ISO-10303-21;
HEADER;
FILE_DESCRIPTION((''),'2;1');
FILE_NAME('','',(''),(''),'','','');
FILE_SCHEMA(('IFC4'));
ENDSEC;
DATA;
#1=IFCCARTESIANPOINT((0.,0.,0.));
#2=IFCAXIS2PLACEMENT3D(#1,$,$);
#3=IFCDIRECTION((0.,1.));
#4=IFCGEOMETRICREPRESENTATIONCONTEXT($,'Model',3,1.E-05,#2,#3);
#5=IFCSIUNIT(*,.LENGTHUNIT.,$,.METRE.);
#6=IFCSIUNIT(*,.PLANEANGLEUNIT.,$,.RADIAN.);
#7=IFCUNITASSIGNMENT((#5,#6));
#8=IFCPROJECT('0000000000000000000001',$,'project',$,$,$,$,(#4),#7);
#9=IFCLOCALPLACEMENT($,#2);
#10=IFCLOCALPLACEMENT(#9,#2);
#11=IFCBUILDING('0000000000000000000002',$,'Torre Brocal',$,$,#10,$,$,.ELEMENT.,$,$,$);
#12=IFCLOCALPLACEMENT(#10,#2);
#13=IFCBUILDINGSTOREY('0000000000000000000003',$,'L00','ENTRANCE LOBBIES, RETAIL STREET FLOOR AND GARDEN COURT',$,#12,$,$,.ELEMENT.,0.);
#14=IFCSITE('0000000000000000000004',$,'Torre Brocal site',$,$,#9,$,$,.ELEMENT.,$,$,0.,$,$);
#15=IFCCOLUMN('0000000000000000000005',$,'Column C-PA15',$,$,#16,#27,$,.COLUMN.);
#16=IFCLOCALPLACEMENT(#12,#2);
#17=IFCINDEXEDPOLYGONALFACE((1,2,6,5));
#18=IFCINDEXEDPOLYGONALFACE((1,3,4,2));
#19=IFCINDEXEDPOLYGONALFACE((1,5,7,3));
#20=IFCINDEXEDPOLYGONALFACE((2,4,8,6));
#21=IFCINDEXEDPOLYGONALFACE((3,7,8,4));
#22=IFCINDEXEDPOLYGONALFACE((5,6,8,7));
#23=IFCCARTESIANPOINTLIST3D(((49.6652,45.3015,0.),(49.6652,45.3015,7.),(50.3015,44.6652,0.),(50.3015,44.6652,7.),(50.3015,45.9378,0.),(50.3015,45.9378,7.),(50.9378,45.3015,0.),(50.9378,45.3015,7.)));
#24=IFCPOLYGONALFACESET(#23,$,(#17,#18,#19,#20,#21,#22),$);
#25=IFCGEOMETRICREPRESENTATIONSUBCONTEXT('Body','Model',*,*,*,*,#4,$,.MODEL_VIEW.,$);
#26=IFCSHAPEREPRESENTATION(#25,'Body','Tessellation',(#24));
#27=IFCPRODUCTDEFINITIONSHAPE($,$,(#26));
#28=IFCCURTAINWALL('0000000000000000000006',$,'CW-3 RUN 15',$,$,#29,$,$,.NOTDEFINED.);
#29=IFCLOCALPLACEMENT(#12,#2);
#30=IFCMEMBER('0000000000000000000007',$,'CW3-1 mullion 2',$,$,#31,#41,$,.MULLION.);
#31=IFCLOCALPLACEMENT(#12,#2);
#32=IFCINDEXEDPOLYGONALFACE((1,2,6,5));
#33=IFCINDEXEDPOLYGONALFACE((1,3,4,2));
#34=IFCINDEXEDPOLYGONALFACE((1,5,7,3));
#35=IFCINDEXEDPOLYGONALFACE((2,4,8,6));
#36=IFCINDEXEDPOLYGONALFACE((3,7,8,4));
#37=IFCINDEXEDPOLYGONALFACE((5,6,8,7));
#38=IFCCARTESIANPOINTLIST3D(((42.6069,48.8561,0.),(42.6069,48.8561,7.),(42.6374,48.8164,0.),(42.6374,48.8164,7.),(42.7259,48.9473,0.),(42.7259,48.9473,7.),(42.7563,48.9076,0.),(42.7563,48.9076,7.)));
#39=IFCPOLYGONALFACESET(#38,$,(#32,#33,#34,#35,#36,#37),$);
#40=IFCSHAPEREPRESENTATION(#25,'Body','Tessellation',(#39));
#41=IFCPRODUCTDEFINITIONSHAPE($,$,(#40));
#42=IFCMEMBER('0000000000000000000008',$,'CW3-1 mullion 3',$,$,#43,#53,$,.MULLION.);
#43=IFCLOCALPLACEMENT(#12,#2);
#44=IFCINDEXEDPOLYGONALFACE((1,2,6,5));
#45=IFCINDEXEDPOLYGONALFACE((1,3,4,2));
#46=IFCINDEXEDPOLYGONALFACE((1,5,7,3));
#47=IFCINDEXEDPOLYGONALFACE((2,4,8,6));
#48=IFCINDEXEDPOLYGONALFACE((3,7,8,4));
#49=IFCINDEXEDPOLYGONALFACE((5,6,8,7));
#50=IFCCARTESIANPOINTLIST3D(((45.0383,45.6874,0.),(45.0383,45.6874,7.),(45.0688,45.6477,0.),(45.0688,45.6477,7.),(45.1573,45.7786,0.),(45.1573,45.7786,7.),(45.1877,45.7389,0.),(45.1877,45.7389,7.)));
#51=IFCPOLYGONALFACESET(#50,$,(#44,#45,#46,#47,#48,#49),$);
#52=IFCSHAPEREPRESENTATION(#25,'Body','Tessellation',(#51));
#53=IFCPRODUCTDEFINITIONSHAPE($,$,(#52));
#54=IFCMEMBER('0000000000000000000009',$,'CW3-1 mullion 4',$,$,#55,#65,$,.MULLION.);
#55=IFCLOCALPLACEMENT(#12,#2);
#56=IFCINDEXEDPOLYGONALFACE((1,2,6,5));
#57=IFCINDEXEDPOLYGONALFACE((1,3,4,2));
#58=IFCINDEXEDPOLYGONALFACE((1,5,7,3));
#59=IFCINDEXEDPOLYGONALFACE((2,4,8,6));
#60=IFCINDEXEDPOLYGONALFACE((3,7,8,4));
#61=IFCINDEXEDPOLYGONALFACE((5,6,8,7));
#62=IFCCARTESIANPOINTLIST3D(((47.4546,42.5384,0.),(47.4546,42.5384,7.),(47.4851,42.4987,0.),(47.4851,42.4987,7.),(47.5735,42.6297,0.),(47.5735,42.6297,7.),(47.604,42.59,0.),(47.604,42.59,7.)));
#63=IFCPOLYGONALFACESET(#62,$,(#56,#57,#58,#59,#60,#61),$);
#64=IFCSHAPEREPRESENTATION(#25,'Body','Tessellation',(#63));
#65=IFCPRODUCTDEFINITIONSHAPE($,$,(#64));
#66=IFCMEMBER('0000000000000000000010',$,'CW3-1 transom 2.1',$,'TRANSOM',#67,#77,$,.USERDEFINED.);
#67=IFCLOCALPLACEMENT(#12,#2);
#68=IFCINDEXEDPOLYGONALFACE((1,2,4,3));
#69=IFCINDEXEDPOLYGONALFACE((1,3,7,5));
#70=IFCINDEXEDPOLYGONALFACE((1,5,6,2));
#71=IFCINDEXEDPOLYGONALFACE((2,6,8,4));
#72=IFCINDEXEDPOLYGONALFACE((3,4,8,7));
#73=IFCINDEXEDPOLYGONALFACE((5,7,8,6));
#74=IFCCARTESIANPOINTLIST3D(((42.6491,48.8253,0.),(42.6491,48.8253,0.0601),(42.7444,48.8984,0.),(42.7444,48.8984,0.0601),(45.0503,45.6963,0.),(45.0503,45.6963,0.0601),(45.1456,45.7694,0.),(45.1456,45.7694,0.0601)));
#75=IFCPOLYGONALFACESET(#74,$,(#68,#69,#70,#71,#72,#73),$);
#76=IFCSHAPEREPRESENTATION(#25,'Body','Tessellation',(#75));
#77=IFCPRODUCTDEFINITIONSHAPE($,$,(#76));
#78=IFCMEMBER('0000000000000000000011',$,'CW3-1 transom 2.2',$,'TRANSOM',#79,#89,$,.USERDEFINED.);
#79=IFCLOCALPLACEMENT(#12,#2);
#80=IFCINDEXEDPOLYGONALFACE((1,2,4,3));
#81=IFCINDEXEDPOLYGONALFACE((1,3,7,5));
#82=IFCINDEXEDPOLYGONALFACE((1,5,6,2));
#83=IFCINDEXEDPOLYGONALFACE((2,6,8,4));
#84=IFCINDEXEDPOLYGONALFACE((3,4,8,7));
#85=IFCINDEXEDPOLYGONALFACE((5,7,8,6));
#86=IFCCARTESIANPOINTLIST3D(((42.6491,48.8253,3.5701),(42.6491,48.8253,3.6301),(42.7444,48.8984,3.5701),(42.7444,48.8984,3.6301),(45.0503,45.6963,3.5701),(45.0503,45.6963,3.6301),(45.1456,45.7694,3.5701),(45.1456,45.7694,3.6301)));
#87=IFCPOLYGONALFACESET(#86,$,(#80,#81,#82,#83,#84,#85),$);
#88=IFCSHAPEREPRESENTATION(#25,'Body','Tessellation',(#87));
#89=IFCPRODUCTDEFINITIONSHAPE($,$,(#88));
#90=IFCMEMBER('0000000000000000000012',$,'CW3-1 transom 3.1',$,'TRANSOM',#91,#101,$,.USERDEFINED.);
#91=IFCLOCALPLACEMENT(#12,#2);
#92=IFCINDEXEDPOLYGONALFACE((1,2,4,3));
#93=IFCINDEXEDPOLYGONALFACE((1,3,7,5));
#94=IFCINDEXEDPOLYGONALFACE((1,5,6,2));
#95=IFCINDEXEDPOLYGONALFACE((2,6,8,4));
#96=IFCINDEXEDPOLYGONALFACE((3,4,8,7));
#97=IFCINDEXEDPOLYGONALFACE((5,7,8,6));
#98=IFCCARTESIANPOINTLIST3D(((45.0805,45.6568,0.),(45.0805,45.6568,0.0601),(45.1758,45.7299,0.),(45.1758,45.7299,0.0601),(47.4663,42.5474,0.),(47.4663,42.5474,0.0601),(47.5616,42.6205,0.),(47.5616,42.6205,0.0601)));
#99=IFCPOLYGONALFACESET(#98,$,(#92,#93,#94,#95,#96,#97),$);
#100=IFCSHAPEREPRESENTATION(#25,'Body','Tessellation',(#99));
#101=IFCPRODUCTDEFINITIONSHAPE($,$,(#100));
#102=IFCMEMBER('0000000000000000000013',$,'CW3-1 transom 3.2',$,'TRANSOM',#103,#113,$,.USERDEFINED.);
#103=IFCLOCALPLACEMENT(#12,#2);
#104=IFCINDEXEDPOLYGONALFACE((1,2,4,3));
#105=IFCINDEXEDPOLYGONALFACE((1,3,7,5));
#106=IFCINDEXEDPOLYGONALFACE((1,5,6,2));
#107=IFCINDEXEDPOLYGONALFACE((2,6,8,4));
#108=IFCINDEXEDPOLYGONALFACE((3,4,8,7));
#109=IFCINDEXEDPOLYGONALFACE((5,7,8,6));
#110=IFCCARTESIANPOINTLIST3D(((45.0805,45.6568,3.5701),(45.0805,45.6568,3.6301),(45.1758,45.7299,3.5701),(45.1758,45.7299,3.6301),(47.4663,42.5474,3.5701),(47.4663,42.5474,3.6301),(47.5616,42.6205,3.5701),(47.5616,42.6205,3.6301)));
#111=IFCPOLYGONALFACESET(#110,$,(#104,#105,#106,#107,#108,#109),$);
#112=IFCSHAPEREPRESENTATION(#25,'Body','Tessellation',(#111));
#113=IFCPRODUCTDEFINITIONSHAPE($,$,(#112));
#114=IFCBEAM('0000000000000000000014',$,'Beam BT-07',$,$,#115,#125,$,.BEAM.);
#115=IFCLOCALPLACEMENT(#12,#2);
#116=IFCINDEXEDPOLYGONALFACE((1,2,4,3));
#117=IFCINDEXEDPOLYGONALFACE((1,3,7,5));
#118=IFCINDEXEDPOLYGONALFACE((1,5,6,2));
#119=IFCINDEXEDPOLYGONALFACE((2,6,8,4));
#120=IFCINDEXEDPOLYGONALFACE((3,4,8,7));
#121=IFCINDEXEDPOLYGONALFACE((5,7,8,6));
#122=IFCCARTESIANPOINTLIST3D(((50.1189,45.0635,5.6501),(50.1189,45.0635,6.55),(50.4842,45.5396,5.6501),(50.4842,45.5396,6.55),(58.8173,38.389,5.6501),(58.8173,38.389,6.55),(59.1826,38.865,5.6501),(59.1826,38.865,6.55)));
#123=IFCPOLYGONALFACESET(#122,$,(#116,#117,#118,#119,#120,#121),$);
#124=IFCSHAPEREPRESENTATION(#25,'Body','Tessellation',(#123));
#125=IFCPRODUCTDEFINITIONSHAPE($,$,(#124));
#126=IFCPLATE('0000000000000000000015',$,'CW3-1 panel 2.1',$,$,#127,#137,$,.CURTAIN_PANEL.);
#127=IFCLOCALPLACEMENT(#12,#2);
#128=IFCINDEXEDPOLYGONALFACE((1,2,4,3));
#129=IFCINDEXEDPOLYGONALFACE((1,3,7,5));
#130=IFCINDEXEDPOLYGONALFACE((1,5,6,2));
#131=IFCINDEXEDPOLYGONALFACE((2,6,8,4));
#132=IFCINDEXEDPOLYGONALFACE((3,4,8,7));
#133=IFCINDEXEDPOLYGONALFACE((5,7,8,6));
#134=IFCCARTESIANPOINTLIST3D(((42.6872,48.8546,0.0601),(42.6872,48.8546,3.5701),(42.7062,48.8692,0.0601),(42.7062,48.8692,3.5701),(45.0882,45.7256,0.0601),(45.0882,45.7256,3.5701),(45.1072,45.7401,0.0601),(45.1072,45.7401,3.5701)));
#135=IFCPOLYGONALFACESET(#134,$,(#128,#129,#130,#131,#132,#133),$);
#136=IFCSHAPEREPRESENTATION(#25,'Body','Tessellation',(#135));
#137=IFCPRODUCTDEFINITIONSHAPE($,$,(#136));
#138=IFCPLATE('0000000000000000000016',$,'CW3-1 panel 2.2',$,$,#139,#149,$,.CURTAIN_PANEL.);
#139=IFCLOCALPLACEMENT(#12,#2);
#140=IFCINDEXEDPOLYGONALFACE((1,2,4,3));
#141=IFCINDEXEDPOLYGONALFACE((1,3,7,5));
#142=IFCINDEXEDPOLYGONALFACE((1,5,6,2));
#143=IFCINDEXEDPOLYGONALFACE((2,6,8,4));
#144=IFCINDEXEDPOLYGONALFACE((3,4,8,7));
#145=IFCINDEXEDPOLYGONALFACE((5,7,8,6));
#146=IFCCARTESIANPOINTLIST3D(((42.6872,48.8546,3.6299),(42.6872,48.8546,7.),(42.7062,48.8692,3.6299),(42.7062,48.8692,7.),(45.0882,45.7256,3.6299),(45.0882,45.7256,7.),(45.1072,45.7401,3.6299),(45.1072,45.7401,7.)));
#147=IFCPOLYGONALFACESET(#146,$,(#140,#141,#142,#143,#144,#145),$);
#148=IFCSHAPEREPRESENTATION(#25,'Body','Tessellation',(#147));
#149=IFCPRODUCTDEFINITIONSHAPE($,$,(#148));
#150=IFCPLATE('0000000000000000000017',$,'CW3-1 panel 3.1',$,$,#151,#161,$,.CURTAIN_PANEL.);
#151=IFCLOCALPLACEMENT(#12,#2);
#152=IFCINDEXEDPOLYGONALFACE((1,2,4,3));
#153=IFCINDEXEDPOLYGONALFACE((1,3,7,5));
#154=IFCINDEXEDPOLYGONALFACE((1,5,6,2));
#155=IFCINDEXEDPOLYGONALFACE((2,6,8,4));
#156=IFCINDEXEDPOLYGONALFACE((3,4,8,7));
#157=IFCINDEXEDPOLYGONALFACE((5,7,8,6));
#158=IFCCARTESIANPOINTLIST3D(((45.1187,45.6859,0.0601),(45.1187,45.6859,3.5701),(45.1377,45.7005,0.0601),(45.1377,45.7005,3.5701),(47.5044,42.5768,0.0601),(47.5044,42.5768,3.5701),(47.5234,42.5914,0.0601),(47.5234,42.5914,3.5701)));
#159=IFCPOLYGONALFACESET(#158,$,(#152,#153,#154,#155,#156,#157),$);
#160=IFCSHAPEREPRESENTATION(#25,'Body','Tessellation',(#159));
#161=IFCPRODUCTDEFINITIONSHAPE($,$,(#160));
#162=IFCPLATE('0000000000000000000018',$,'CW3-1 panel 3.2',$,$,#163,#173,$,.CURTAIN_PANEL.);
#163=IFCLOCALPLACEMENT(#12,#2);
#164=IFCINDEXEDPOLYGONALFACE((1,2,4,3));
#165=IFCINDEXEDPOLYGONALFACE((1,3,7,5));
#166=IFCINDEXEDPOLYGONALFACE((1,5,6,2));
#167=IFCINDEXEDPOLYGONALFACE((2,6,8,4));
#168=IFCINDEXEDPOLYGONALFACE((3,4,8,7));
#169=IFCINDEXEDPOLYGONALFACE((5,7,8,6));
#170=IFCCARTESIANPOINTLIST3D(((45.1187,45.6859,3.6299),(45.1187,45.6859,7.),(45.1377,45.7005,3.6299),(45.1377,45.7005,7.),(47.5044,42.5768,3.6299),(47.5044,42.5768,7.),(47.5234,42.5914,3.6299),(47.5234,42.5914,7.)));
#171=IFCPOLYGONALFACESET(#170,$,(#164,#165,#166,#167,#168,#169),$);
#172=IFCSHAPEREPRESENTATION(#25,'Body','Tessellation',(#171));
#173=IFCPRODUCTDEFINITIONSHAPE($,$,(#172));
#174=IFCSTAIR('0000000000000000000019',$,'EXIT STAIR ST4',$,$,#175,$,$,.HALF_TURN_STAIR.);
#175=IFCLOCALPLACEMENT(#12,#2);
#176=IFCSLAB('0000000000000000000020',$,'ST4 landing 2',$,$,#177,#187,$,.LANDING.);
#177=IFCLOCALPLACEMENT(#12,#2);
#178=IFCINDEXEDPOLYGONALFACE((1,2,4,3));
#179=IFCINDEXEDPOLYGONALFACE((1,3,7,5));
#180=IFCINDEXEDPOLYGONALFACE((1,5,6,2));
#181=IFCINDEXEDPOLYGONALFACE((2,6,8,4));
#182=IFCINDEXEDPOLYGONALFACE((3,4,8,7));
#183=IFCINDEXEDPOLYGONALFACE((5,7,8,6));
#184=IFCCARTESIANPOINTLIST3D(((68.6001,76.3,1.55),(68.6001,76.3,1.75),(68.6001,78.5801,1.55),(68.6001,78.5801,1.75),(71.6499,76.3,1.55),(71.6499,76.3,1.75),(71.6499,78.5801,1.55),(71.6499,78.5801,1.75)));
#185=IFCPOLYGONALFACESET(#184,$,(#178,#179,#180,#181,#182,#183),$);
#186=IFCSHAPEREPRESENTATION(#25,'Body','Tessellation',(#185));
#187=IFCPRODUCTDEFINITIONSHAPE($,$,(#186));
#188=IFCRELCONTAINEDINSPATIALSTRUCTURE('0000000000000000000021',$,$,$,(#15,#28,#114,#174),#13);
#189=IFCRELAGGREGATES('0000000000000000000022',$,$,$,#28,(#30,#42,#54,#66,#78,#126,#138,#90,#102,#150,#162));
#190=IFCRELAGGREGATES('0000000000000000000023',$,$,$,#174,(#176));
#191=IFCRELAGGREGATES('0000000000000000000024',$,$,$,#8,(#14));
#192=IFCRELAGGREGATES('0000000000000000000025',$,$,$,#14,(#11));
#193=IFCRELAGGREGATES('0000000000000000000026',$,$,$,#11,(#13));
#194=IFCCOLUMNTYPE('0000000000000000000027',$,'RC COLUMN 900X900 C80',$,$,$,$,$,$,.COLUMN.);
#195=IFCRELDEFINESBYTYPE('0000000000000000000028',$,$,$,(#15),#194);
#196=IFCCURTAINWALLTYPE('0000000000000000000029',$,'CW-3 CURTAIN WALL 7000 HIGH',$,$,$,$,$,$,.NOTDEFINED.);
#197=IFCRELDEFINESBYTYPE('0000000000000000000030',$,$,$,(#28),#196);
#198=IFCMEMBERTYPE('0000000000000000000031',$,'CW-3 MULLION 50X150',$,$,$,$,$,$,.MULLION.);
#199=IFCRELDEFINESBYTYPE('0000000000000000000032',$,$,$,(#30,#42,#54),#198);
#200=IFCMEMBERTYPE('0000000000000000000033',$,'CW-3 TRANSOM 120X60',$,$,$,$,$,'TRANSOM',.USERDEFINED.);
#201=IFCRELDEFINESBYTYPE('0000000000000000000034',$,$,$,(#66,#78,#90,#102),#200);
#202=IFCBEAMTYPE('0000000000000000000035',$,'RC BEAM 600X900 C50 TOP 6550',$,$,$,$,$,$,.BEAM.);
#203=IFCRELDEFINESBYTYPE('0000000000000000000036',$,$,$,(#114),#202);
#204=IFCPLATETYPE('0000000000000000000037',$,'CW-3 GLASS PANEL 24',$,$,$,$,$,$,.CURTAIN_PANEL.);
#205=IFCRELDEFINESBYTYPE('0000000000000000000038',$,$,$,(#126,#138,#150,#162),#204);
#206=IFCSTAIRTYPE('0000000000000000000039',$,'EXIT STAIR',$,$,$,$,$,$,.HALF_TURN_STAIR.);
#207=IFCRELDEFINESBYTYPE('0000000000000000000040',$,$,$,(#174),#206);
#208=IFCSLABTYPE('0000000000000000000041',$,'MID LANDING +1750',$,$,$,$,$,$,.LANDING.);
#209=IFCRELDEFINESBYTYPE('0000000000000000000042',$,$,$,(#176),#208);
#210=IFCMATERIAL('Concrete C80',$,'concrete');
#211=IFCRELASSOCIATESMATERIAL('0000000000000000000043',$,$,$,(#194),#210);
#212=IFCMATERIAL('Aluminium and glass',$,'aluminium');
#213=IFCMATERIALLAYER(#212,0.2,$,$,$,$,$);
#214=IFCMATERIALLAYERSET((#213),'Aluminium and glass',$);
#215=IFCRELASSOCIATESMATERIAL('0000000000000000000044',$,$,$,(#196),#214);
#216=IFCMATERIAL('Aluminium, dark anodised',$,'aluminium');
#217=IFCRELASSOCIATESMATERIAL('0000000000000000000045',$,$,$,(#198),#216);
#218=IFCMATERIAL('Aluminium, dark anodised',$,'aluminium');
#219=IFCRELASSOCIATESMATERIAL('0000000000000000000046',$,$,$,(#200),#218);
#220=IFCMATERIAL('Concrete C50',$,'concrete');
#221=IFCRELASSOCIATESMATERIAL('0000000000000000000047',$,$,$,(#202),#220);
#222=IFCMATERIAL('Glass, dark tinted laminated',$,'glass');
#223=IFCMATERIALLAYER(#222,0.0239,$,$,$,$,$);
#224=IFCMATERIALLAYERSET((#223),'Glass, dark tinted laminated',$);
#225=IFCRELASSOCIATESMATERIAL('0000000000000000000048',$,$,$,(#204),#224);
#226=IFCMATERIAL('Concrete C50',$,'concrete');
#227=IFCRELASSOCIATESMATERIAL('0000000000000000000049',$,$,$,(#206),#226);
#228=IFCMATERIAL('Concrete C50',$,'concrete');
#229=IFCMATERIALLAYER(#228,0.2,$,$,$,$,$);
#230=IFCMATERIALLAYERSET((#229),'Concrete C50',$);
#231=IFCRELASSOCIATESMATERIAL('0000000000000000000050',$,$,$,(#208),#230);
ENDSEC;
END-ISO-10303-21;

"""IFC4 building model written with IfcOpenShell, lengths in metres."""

from ifc_helpers import new_model, si_unit, direction, frame, origin, origin_2d, place, context, subcontext, project, spatial, polyline, rectangle, outline, extrude, material, layer, layer_set, material_profile, profile_set, type_object, element, aggregate, save


model = new_model("IFC4")

# Units and contexts
model_context = context("Model", 3, precision=1e-05, world=origin(), true_north=direction((0.0, 1.0)))
body_context = subcontext(model_context, "Body", "Model", "MODEL_VIEW")
ifc_project = project(units=[si_unit("LENGTHUNIT", "METRE"), si_unit("PLANEANGLEUNIT", "RADIAN")], contexts=[model_context])

# Site, building, storey
site_placement = place(None, origin())
site = spatial("IfcSite", under=ifc_project, at=site_placement, Name="Torre Brocal site", CompositionType="ELEMENT", RefElevation=0.0)
building_placement = place(site_placement, origin())
building = spatial("IfcBuilding", under=site, at=building_placement, Name="Torre Brocal", CompositionType="ELEMENT")
storey_placement = place(building_placement, origin())
storey = spatial("IfcBuildingStorey", under=building, at=storey_placement, Name="L00", Description="ENTRANCE LOBBIES, RETAIL STREET FLOOR AND GARDEN COURT", CompositionType="ELEMENT", Elevation=0.0)

# Column
ifc_material_1 = material(Name="Concrete C80", Category="concrete")
ifc_material_profile_1 = material_profile(ifc_material_1, rectangle(XDim=0.8999, YDim=0.8999, at=origin_2d()), Name="RC 900X900")
ifc_profile_set_1 = profile_set([ifc_material_profile_1], Name="Concrete C80")
column_type = type_object("IfcColumnType", Name="RC COLUMN 900X900 C80", PredefinedType="COLUMN", material=ifc_profile_set_1)
column_placement = place(storey_placement, frame((50.3015, 45.3015, 0.0), z_axis=(0.0, 0.0, 1.0), x_axis=(-0.707107, -0.707107, 0.0)))
element("IfcColumn", 1, at=column_placement, inside=storey, type_object=column_type, Name="Column C-PA15", PredefinedType="COLUMN", context=body_context, shape_type="SweptSolid", body=[
    extrude(rectangle(XDim=0.8999, YDim=0.8999, at=origin_2d()), origin(), (0.0, 0.0, 1.0), 7.0),
])

# Curtain wall, members
ifc_material_2 = material(Name="Aluminium and glass", Category="aluminium")
ifc_layer_1 = layer(ifc_material_2, 0.2)
ifc_layer_set_1 = layer_set([ifc_layer_1], Name="Aluminium and glass")
curtain_wall_type = type_object("IfcCurtainWallType", Name="CW-3 CURTAIN WALL 7000 HIGH", PredefinedType="NOTDEFINED", material=ifc_layer_set_1)
curtain_wall_placement = place(storey_placement, origin())
curtain_wall = element("IfcCurtainWall", 2, at=curtain_wall_placement, inside=storey, type_object=curtain_wall_type, Name="CW-3 RUN 15", PredefinedType="NOTDEFINED")
ifc_material_3 = material(Name="Aluminium, dark anodised", Category="aluminium")
ifc_material_profile_2 = material_profile(ifc_material_3, rectangle(XDim=0.1499, YDim=0.05, at=origin_2d()), Name="CW-3 MULLION 50X150")
ifc_profile_set_2 = profile_set([ifc_material_profile_2], Name="Aluminium, dark anodised")
member_type_1 = type_object("IfcMemberType", Name="CW-3 MULLION 50X150", PredefinedType="MULLION", material=ifc_profile_set_2)
member_1_placement = place(storey_placement, frame((42.6816, 48.8818, 0.0), z_axis=(0.0, 0.0, 1.0), x_axis=(0.793353, 0.608761, 0.0)))
member_1 = element("IfcMember", 3, at=member_1_placement, type_object=member_type_1, Name="CW3-1 mullion 2", PredefinedType="MULLION", context=body_context, shape_type="SweptSolid", body=[
    extrude(rectangle(XDim=0.1499, YDim=0.05, at=origin_2d()), origin(), (0.0, 0.0, 1.0), 7.0),
])
member_2_placement = place(storey_placement, frame((45.113, 45.7131, 0.0), z_axis=(0.0, 0.0, 1.0), x_axis=(0.793353, 0.608761, 0.0)))
member_2 = element("IfcMember", 4, at=member_2_placement, type_object=member_type_1, Name="CW3-1 mullion 3", PredefinedType="MULLION", context=body_context, shape_type="SweptSolid", body=[
    extrude(rectangle(XDim=0.1499, YDim=0.05, at=origin_2d()), origin(), (0.0, 0.0, 1.0), 7.0),
])
member_3_placement = place(storey_placement, frame((47.5293, 42.5642, 0.0), z_axis=(0.0, 0.0, 1.0), x_axis=(0.793353, 0.608761, 0.0)))
member_3 = element("IfcMember", 5, at=member_3_placement, type_object=member_type_1, Name="CW3-1 mullion 4", PredefinedType="MULLION", context=body_context, shape_type="SweptSolid", body=[
    extrude(rectangle(XDim=0.1499, YDim=0.05, at=origin_2d()), origin(), (0.0, 0.0, 1.0), 7.0),
])
ifc_material_4 = material(Name="Aluminium, dark anodised", Category="aluminium")
ifc_material_profile_3 = material_profile(ifc_material_4, rectangle(XDim=0.1201, YDim=0.0601, at=origin_2d()), Name="CW-3 TRANSOM 120X60")
ifc_profile_set_3 = profile_set([ifc_material_profile_3], Name="Aluminium, dark anodised")
member_type_2 = type_object("IfcMemberType", Name="CW-3 TRANSOM 120X60", ElementType="TRANSOM", PredefinedType="USERDEFINED", material=ifc_profile_set_3)
member_4_placement = place(storey_placement, frame((42.6968, 48.8618, 0.03), z_axis=(0.608798, -0.793325, 0.0), x_axis=(0.793325, 0.608798, 0.0)))
member_4 = element("IfcMember", 6, at=member_4_placement, type_object=member_type_2, Name="CW3-1 transom 2.1", ObjectType="TRANSOM", PredefinedType="USERDEFINED", context=body_context, shape_type="SweptSolid", body=[
    extrude(rectangle(XDim=0.1201, YDim=0.0601, at=origin_2d()), origin(), (0.0, 0.0, 1.0), 3.9441),
])
member_5_placement = place(storey_placement, frame((42.6968, 48.8618, 3.6001), z_axis=(0.608798, -0.793325, 0.0), x_axis=(0.793325, 0.608798, 0.0)))
member_5 = element("IfcMember", 7, at=member_5_placement, type_object=member_type_2, Name="CW3-1 transom 2.2", ObjectType="TRANSOM", PredefinedType="USERDEFINED", context=body_context, shape_type="SweptSolid", body=[
    extrude(rectangle(XDim=0.1201, YDim=0.0601, at=origin_2d()), origin(), (0.0, 0.0, 1.0), 3.9441),
])
member_6_placement = place(storey_placement, frame((45.1282, 45.6934, 0.03), z_axis=(0.608735, -0.793374, 0.0), x_axis=(0.793374, 0.608735, 0.0)))
member_6 = element("IfcMember", 8, at=member_6_placement, type_object=member_type_2, Name="CW3-1 transom 3.1", ObjectType="TRANSOM", PredefinedType="USERDEFINED", context=body_context, shape_type="SweptSolid", body=[
    extrude(rectangle(XDim=0.1201, YDim=0.0601, at=origin_2d()), origin(), (0.0, 0.0, 1.0), 3.9192),
])
member_7_placement = place(storey_placement, frame((45.1282, 45.6934, 3.6001), z_axis=(0.608735, -0.793374, 0.0), x_axis=(0.793374, 0.608735, 0.0)))
member_7 = element("IfcMember", 9, at=member_7_placement, type_object=member_type_2, Name="CW3-1 transom 3.2", ObjectType="TRANSOM", PredefinedType="USERDEFINED", context=body_context, shape_type="SweptSolid", body=[
    extrude(rectangle(XDim=0.1201, YDim=0.0601, at=origin_2d()), origin(), (0.0, 0.0, 1.0), 3.9192),
])

# Beam
ifc_material_5 = material(Name="Concrete C50", Category="concrete")
ifc_material_profile_4 = material_profile(ifc_material_5, rectangle(XDim=0.6001, YDim=0.8999, at=origin_2d()), Name="RC 600X900")
ifc_profile_set_4 = profile_set([ifc_material_profile_4], Name="Concrete C50")
beam_type = type_object("IfcBeamType", Name="RC BEAM 600X900 C50 TOP 6550", PredefinedType="BEAM", material=ifc_profile_set_4)
beam_placement = place(storey_placement, frame((50.3015, 45.3015, 6.1001), z_axis=(0.793354, -0.60876, 0.0), x_axis=(0.60876, 0.793354, 0.0)))
element("IfcBeam", 10, at=beam_placement, inside=storey, type_object=beam_type, Name="Beam BT-07", PredefinedType="BEAM", context=body_context, shape_type="SweptSolid", body=[
    extrude(rectangle(XDim=0.6001, YDim=0.8999, at=origin_2d()), origin(), (0.0, 0.0, 1.0), 10.9641),
])

# Plates
ifc_material_6 = material(Name="Glass, dark tinted laminated", Category="glass")
ifc_layer_2 = layer(ifc_material_6, 0.0239)
ifc_layer_set_2 = layer_set([ifc_layer_2], Name="Glass, dark tinted laminated")
plate_type = type_object("IfcPlateType", Name="CW-3 GLASS PANEL 24", PredefinedType="CURTAIN_PANEL", material=ifc_layer_set_2)
plate_1_placement = place(storey_placement, frame((43.8972, 47.2974, 0.0601), z_axis=(0.0, 0.0, 1.0), x_axis=(0.608761, -0.793353, 0.0)))
plate_1 = element("IfcPlate", 11, at=plate_1_placement, type_object=plate_type, Name="CW3-1 panel 2.1", PredefinedType="CURTAIN_PANEL", context=body_context, shape_type="SweptSolid", body=[
    extrude(rectangle(XDim=3.9441, YDim=0.0239, at=origin_2d()), origin(), (0.0, 0.0, 1.0), 3.51),
])
plate_2_placement = place(storey_placement, frame((43.8972, 47.2974, 3.6299), z_axis=(0.0, 0.0, 1.0), x_axis=(0.608761, -0.793353, 0.0)))
plate_2 = element("IfcPlate", 12, at=plate_2_placement, type_object=plate_type, Name="CW3-1 panel 2.2", PredefinedType="CURTAIN_PANEL", context=body_context, shape_type="SweptSolid", body=[
    extrude(rectangle(XDim=3.9441, YDim=0.0239, at=origin_2d()), origin(), (0.0, 0.0, 1.0), 3.3701),
])
plate_3_placement = place(storey_placement, frame((46.321, 44.1387, 0.0601), z_axis=(0.0, 0.0, 1.0), x_axis=(0.608761, -0.793353, 0.0)))
plate_3 = element("IfcPlate", 13, at=plate_3_placement, type_object=plate_type, Name="CW3-1 panel 3.1", PredefinedType="CURTAIN_PANEL", context=body_context, shape_type="SweptSolid", body=[
    extrude(rectangle(XDim=3.9189, YDim=0.0239, at=origin_2d()), origin(), (0.0, 0.0, 1.0), 3.51),
])
plate_4_placement = place(storey_placement, frame((46.321, 44.1387, 3.6299), z_axis=(0.0, 0.0, 1.0), x_axis=(0.608761, -0.793353, 0.0)))
plate_4 = element("IfcPlate", 14, at=plate_4_placement, type_object=plate_type, Name="CW3-1 panel 3.2", PredefinedType="CURTAIN_PANEL", context=body_context, shape_type="SweptSolid", body=[
    extrude(rectangle(XDim=3.9189, YDim=0.0239, at=origin_2d()), origin(), (0.0, 0.0, 1.0), 3.3701),
])
aggregate(curtain_wall, [member_1, member_2, member_3, member_4, member_5, plate_1, plate_2, member_6, member_7, plate_3, plate_4])

# Stair, slab
ifc_material_7 = material(Name="Concrete C50", Category="concrete")
stair_type = type_object("IfcStairType", Name="EXIT STAIR", PredefinedType="HALF_TURN_STAIR", material=ifc_material_7)
stair_placement = place(storey_placement, origin())
stair = element("IfcStair", 15, at=stair_placement, inside=storey, type_object=stair_type, Name="EXIT STAIR ST4", PredefinedType="HALF_TURN_STAIR")
ifc_material_8 = material(Name="Concrete C50", Category="concrete")
ifc_layer_3 = layer(ifc_material_8, 0.2)
ifc_layer_set_3 = layer_set([ifc_layer_3], Name="Concrete C50")
slab_type_1 = type_object("IfcSlabType", Name="MID LANDING +1750", PredefinedType="LANDING", material=ifc_layer_set_3)
slab_1_placement = place(storey_placement, frame((0.0, 0.0, 1.55)))
slab_1 = element("IfcSlab", 16, at=slab_1_placement, type_object=slab_type_1, Name="ST4 landing 2", PredefinedType="LANDING", context=body_context, shape_type="SweptSolid", body=[
    extrude(outline(polyline([(71.6499, 78.5801), (68.6001, 78.5801), (68.6001, 76.3), (71.6499, 76.3), (71.6499, 78.5801)])), origin(), (0.0, 0.0, 1.0), 0.2),
])
aggregate(stair, [slab_1])

save(model, "model.ifc")
